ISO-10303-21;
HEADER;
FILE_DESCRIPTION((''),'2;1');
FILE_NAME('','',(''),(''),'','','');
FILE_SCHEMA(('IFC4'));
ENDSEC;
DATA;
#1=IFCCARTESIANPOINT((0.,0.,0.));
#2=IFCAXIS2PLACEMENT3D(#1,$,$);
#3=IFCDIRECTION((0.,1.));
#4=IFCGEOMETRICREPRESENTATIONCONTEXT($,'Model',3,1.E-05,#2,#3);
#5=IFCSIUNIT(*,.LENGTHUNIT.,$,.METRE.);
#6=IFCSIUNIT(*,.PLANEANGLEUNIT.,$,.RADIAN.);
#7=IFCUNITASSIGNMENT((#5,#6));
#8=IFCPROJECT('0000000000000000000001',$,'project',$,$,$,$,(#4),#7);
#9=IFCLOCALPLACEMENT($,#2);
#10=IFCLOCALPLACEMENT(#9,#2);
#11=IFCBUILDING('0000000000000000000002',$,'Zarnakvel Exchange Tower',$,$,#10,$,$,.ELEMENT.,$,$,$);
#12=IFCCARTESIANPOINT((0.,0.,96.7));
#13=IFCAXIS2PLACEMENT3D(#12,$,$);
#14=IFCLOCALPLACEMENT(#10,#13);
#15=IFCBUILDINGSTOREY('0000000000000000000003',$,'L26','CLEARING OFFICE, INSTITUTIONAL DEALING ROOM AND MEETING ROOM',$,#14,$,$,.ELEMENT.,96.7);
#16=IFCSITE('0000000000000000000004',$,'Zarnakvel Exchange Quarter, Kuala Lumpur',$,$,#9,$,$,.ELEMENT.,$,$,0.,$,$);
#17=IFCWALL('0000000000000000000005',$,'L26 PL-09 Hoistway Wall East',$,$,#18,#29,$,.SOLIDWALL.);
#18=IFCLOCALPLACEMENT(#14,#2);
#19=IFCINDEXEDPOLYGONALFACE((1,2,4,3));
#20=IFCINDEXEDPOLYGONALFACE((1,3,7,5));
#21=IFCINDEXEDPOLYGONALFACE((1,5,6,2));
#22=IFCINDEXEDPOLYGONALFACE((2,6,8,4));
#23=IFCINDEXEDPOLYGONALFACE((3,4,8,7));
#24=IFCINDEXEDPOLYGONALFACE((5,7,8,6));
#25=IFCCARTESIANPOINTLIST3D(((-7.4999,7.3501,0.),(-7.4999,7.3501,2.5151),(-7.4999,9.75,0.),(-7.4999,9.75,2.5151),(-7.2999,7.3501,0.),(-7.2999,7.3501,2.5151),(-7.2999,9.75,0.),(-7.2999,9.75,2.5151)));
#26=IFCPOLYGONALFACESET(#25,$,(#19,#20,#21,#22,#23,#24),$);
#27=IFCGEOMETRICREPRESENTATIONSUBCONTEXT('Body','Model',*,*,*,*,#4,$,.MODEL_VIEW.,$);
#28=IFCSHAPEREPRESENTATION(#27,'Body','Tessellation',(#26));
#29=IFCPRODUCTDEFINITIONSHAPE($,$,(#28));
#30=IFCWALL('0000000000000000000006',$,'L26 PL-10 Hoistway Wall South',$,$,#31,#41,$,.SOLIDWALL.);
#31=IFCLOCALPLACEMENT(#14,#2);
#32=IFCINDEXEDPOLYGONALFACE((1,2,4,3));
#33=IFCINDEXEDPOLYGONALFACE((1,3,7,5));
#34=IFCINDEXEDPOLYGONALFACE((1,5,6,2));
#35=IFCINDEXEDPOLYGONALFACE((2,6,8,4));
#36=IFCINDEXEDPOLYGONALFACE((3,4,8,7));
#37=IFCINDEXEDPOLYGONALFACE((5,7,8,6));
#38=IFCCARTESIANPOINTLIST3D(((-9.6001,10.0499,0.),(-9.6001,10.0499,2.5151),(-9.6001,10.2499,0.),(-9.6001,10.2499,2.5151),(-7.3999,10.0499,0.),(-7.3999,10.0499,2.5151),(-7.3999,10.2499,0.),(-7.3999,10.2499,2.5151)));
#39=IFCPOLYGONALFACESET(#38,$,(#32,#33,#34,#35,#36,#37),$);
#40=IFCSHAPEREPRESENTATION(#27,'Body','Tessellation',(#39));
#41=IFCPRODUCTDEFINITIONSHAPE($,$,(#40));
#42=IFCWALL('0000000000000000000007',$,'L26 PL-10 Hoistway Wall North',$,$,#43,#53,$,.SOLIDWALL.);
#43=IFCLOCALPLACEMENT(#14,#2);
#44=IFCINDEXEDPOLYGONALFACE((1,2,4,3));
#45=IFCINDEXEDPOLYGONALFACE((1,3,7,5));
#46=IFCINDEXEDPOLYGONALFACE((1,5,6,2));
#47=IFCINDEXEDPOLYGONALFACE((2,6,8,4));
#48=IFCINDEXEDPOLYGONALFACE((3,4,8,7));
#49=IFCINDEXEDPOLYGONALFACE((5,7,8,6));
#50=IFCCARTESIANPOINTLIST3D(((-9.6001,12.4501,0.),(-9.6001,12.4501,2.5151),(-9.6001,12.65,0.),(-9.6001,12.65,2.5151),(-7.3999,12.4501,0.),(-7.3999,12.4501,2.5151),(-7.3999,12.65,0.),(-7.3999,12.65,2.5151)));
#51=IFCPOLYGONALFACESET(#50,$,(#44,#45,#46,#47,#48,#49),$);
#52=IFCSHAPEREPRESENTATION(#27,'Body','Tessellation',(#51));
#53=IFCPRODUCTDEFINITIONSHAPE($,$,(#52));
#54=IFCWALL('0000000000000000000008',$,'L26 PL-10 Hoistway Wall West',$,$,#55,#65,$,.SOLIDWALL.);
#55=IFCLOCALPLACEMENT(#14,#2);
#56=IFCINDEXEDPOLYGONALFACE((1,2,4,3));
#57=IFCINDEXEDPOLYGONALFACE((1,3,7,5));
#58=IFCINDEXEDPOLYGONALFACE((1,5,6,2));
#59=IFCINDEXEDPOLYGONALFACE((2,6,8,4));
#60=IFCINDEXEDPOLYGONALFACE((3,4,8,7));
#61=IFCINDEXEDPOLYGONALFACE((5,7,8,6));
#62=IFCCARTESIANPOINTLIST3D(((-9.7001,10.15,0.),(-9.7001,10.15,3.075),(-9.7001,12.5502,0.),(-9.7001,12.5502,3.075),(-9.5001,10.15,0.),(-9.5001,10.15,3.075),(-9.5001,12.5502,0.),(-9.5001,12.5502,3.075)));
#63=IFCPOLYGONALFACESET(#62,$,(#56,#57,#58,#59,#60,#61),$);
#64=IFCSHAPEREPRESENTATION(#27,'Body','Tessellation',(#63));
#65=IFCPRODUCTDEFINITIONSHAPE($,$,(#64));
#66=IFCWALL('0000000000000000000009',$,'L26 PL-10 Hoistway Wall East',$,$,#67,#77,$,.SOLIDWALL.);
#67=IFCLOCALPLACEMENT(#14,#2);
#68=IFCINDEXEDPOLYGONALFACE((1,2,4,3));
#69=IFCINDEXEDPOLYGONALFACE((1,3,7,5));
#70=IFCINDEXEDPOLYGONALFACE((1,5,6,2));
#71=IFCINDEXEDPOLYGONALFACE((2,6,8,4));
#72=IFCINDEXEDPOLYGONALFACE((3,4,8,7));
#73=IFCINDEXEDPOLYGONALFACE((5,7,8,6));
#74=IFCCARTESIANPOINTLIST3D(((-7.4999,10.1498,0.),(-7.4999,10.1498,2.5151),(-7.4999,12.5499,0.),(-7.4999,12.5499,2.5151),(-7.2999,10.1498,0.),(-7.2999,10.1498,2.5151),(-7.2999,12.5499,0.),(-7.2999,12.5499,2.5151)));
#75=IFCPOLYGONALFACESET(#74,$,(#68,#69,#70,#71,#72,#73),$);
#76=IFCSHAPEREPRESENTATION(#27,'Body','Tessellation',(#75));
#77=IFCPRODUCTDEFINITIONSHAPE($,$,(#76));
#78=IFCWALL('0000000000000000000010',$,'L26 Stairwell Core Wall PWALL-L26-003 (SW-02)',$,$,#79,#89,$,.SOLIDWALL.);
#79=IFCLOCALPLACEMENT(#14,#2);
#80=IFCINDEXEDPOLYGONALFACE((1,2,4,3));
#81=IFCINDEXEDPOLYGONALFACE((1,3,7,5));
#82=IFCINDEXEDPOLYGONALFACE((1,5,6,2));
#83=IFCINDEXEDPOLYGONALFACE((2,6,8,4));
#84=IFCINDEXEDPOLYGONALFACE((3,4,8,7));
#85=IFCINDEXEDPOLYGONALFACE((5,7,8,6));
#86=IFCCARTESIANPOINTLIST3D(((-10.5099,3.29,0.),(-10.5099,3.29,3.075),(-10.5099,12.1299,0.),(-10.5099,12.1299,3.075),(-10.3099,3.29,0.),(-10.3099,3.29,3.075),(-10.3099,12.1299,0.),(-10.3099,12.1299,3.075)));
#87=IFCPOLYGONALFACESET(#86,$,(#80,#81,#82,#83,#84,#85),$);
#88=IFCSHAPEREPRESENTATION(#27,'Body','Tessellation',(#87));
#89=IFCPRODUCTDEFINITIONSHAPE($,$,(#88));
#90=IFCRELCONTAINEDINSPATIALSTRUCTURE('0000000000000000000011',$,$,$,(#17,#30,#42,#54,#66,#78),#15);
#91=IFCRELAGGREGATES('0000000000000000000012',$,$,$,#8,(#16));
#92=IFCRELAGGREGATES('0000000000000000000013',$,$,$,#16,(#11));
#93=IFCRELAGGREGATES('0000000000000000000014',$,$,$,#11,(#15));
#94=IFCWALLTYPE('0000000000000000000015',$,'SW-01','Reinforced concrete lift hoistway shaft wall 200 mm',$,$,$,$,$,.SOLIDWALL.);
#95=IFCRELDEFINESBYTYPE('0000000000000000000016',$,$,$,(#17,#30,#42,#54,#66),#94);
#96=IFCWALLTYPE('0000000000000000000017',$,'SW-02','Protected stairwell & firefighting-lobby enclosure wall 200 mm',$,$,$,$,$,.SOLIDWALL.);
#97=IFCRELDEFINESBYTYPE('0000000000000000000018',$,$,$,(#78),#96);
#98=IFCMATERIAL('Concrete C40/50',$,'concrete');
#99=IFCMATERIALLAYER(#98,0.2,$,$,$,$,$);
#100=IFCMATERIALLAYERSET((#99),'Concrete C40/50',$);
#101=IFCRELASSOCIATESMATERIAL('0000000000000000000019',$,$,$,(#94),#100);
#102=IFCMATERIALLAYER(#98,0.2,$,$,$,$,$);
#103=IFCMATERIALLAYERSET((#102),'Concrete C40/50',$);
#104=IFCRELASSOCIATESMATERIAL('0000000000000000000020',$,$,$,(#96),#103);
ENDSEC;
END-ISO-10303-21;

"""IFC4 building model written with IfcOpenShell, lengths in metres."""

from ifc_helpers import new_model, si_unit, direction, frame, frame_2d, origin, place, context, subcontext, project, spatial, rectangle, extrude, material, layer, layer_set, type_object, element, save


model = new_model("IFC4")

# Units and contexts
model_context = context("Model", 3, precision=1e-05, world=origin(), true_north=direction((0.0, 1.0)))
body_context = subcontext(model_context, "Body", "Model", "MODEL_VIEW")
ifc_project = project(units=[si_unit("LENGTHUNIT", "METRE"), si_unit("PLANEANGLEUNIT", "RADIAN")], contexts=[model_context])

# Site, building, storey
site_placement = place(None, origin())
site = spatial("IfcSite", under=ifc_project, at=site_placement, Name="Zarnakvel Exchange Quarter, Kuala Lumpur", CompositionType="ELEMENT", RefElevation=0.0)
building_placement = place(site_placement, origin())
building = spatial("IfcBuilding", under=site, at=building_placement, Name="Zarnakvel Exchange Tower", CompositionType="ELEMENT")
storey_placement = place(building_placement, frame((0.0, 0.0, 96.7)))
storey = spatial("IfcBuildingStorey", under=building, at=storey_placement, Name="L26", Description="CLEARING OFFICE, INSTITUTIONAL DEALING ROOM AND MEETING ROOM", CompositionType="ELEMENT", Elevation=96.7)

# Walls
ifc_material_1 = material(Name="Concrete C40/50", Category="concrete")
ifc_layer_1 = layer(ifc_material_1, 0.2)
ifc_layer_set_1 = layer_set([ifc_layer_1], Name="Concrete C40/50")
wall_type_1 = type_object("IfcWallType", Name="SW-01", Description="Reinforced concrete lift hoistway shaft wall 200 mm", PredefinedType="SOLIDWALL", material=ifc_layer_set_1)
wall_1_placement = place(storey_placement, frame((-7.3999, 9.75, 0.0), z_axis=(0.0, 0.0, 1.0), x_axis=(0.0, -1.0, 0.0)))
element("IfcWall", 1, at=wall_1_placement, inside=storey, type_object=wall_type_1, Name="L26 PL-09 Hoistway Wall East", PredefinedType="SOLIDWALL", context=body_context, shape_type="SweptSolid", body=[
    extrude(rectangle(XDim=2.3999, YDim=0.2, at=frame_2d((1.2, 0.0))), origin(), (0.0, 0.0, 1.0), 2.5151),
])
for number, where, z_axis, x_axis, name in (
    (2, (-7.3999, 10.1499, 0.0), (0.0, 0.0, 1.0), (-1.0, 0.0, 0.0), "L26 PL-10 Hoistway Wall South"),
    (3, (-9.6001, 12.55, 0.0), (0.0, 0.0, 1.0), (1.0, 0.0, 0.0), "L26 PL-10 Hoistway Wall North"),
):
    element("IfcWall", number, at=place(storey_placement, frame(where, z_axis=z_axis, x_axis=x_axis)), inside=storey, type_object=wall_type_1, Name=name, PredefinedType="SOLIDWALL", context=body_context, shape_type="SweptSolid", body=[
        extrude(rectangle(XDim=2.2002, YDim=0.2, at=frame_2d((1.1001, 0.0))), origin(), (0.0, 0.0, 1.0), 2.5151),
    ])
wall_2_placement = place(storey_placement, frame((-9.6001, 10.1499, 0.0), z_axis=(0.0, 0.0, 1.0), x_axis=(0.0, 1.0, 0.0)))
element("IfcWall", 4, at=wall_2_placement, inside=storey, type_object=wall_type_1, Name="L26 PL-10 Hoistway Wall West", PredefinedType="SOLIDWALL", context=body_context, shape_type="SweptSolid", body=[
    extrude(rectangle(XDim=2.4001, YDim=0.2, at=frame_2d((1.2002, 0.0))), origin(), (0.0, 0.0, 1.0), 3.075),
])
wall_3_placement = place(storey_placement, frame((-7.3999, 12.55, 0.0), z_axis=(0.0, 0.0, 1.0), x_axis=(0.0, -1.0, 0.0)))
element("IfcWall", 5, at=wall_3_placement, inside=storey, type_object=wall_type_1, Name="L26 PL-10 Hoistway Wall East", PredefinedType="SOLIDWALL", context=body_context, shape_type="SweptSolid", body=[
    extrude(rectangle(XDim=2.4001, YDim=0.2, at=frame_2d((1.2002, 0.0))), origin(), (0.0, 0.0, 1.0), 2.5151),
])
ifc_layer_2 = layer(ifc_material_1, 0.2)
ifc_layer_set_2 = layer_set([ifc_layer_2], Name="Concrete C40/50")
wall_type_2 = type_object("IfcWallType", Name="SW-02", Description="Protected stairwell & firefighting-lobby enclosure wall 200 mm", PredefinedType="SOLIDWALL", material=ifc_layer_set_2)
wall_4_placement = place(storey_placement, frame((-10.4099, 12.1299, 0.0), z_axis=(0.0, 0.0, 1.0), x_axis=(0.0, -1.0, 0.0)))
element("IfcWall", 6, at=wall_4_placement, inside=storey, type_object=wall_type_2, Name="L26 Stairwell Core Wall PWALL-L26-003 (SW-02)", PredefinedType="SOLIDWALL", context=body_context, shape_type="SweptSolid", body=[
    extrude(rectangle(XDim=8.8398, YDim=0.2, at=frame_2d((4.4199, 0.0))), origin(), (0.0, 0.0, 1.0), 3.075),
])

save(model, "model.ifc")
